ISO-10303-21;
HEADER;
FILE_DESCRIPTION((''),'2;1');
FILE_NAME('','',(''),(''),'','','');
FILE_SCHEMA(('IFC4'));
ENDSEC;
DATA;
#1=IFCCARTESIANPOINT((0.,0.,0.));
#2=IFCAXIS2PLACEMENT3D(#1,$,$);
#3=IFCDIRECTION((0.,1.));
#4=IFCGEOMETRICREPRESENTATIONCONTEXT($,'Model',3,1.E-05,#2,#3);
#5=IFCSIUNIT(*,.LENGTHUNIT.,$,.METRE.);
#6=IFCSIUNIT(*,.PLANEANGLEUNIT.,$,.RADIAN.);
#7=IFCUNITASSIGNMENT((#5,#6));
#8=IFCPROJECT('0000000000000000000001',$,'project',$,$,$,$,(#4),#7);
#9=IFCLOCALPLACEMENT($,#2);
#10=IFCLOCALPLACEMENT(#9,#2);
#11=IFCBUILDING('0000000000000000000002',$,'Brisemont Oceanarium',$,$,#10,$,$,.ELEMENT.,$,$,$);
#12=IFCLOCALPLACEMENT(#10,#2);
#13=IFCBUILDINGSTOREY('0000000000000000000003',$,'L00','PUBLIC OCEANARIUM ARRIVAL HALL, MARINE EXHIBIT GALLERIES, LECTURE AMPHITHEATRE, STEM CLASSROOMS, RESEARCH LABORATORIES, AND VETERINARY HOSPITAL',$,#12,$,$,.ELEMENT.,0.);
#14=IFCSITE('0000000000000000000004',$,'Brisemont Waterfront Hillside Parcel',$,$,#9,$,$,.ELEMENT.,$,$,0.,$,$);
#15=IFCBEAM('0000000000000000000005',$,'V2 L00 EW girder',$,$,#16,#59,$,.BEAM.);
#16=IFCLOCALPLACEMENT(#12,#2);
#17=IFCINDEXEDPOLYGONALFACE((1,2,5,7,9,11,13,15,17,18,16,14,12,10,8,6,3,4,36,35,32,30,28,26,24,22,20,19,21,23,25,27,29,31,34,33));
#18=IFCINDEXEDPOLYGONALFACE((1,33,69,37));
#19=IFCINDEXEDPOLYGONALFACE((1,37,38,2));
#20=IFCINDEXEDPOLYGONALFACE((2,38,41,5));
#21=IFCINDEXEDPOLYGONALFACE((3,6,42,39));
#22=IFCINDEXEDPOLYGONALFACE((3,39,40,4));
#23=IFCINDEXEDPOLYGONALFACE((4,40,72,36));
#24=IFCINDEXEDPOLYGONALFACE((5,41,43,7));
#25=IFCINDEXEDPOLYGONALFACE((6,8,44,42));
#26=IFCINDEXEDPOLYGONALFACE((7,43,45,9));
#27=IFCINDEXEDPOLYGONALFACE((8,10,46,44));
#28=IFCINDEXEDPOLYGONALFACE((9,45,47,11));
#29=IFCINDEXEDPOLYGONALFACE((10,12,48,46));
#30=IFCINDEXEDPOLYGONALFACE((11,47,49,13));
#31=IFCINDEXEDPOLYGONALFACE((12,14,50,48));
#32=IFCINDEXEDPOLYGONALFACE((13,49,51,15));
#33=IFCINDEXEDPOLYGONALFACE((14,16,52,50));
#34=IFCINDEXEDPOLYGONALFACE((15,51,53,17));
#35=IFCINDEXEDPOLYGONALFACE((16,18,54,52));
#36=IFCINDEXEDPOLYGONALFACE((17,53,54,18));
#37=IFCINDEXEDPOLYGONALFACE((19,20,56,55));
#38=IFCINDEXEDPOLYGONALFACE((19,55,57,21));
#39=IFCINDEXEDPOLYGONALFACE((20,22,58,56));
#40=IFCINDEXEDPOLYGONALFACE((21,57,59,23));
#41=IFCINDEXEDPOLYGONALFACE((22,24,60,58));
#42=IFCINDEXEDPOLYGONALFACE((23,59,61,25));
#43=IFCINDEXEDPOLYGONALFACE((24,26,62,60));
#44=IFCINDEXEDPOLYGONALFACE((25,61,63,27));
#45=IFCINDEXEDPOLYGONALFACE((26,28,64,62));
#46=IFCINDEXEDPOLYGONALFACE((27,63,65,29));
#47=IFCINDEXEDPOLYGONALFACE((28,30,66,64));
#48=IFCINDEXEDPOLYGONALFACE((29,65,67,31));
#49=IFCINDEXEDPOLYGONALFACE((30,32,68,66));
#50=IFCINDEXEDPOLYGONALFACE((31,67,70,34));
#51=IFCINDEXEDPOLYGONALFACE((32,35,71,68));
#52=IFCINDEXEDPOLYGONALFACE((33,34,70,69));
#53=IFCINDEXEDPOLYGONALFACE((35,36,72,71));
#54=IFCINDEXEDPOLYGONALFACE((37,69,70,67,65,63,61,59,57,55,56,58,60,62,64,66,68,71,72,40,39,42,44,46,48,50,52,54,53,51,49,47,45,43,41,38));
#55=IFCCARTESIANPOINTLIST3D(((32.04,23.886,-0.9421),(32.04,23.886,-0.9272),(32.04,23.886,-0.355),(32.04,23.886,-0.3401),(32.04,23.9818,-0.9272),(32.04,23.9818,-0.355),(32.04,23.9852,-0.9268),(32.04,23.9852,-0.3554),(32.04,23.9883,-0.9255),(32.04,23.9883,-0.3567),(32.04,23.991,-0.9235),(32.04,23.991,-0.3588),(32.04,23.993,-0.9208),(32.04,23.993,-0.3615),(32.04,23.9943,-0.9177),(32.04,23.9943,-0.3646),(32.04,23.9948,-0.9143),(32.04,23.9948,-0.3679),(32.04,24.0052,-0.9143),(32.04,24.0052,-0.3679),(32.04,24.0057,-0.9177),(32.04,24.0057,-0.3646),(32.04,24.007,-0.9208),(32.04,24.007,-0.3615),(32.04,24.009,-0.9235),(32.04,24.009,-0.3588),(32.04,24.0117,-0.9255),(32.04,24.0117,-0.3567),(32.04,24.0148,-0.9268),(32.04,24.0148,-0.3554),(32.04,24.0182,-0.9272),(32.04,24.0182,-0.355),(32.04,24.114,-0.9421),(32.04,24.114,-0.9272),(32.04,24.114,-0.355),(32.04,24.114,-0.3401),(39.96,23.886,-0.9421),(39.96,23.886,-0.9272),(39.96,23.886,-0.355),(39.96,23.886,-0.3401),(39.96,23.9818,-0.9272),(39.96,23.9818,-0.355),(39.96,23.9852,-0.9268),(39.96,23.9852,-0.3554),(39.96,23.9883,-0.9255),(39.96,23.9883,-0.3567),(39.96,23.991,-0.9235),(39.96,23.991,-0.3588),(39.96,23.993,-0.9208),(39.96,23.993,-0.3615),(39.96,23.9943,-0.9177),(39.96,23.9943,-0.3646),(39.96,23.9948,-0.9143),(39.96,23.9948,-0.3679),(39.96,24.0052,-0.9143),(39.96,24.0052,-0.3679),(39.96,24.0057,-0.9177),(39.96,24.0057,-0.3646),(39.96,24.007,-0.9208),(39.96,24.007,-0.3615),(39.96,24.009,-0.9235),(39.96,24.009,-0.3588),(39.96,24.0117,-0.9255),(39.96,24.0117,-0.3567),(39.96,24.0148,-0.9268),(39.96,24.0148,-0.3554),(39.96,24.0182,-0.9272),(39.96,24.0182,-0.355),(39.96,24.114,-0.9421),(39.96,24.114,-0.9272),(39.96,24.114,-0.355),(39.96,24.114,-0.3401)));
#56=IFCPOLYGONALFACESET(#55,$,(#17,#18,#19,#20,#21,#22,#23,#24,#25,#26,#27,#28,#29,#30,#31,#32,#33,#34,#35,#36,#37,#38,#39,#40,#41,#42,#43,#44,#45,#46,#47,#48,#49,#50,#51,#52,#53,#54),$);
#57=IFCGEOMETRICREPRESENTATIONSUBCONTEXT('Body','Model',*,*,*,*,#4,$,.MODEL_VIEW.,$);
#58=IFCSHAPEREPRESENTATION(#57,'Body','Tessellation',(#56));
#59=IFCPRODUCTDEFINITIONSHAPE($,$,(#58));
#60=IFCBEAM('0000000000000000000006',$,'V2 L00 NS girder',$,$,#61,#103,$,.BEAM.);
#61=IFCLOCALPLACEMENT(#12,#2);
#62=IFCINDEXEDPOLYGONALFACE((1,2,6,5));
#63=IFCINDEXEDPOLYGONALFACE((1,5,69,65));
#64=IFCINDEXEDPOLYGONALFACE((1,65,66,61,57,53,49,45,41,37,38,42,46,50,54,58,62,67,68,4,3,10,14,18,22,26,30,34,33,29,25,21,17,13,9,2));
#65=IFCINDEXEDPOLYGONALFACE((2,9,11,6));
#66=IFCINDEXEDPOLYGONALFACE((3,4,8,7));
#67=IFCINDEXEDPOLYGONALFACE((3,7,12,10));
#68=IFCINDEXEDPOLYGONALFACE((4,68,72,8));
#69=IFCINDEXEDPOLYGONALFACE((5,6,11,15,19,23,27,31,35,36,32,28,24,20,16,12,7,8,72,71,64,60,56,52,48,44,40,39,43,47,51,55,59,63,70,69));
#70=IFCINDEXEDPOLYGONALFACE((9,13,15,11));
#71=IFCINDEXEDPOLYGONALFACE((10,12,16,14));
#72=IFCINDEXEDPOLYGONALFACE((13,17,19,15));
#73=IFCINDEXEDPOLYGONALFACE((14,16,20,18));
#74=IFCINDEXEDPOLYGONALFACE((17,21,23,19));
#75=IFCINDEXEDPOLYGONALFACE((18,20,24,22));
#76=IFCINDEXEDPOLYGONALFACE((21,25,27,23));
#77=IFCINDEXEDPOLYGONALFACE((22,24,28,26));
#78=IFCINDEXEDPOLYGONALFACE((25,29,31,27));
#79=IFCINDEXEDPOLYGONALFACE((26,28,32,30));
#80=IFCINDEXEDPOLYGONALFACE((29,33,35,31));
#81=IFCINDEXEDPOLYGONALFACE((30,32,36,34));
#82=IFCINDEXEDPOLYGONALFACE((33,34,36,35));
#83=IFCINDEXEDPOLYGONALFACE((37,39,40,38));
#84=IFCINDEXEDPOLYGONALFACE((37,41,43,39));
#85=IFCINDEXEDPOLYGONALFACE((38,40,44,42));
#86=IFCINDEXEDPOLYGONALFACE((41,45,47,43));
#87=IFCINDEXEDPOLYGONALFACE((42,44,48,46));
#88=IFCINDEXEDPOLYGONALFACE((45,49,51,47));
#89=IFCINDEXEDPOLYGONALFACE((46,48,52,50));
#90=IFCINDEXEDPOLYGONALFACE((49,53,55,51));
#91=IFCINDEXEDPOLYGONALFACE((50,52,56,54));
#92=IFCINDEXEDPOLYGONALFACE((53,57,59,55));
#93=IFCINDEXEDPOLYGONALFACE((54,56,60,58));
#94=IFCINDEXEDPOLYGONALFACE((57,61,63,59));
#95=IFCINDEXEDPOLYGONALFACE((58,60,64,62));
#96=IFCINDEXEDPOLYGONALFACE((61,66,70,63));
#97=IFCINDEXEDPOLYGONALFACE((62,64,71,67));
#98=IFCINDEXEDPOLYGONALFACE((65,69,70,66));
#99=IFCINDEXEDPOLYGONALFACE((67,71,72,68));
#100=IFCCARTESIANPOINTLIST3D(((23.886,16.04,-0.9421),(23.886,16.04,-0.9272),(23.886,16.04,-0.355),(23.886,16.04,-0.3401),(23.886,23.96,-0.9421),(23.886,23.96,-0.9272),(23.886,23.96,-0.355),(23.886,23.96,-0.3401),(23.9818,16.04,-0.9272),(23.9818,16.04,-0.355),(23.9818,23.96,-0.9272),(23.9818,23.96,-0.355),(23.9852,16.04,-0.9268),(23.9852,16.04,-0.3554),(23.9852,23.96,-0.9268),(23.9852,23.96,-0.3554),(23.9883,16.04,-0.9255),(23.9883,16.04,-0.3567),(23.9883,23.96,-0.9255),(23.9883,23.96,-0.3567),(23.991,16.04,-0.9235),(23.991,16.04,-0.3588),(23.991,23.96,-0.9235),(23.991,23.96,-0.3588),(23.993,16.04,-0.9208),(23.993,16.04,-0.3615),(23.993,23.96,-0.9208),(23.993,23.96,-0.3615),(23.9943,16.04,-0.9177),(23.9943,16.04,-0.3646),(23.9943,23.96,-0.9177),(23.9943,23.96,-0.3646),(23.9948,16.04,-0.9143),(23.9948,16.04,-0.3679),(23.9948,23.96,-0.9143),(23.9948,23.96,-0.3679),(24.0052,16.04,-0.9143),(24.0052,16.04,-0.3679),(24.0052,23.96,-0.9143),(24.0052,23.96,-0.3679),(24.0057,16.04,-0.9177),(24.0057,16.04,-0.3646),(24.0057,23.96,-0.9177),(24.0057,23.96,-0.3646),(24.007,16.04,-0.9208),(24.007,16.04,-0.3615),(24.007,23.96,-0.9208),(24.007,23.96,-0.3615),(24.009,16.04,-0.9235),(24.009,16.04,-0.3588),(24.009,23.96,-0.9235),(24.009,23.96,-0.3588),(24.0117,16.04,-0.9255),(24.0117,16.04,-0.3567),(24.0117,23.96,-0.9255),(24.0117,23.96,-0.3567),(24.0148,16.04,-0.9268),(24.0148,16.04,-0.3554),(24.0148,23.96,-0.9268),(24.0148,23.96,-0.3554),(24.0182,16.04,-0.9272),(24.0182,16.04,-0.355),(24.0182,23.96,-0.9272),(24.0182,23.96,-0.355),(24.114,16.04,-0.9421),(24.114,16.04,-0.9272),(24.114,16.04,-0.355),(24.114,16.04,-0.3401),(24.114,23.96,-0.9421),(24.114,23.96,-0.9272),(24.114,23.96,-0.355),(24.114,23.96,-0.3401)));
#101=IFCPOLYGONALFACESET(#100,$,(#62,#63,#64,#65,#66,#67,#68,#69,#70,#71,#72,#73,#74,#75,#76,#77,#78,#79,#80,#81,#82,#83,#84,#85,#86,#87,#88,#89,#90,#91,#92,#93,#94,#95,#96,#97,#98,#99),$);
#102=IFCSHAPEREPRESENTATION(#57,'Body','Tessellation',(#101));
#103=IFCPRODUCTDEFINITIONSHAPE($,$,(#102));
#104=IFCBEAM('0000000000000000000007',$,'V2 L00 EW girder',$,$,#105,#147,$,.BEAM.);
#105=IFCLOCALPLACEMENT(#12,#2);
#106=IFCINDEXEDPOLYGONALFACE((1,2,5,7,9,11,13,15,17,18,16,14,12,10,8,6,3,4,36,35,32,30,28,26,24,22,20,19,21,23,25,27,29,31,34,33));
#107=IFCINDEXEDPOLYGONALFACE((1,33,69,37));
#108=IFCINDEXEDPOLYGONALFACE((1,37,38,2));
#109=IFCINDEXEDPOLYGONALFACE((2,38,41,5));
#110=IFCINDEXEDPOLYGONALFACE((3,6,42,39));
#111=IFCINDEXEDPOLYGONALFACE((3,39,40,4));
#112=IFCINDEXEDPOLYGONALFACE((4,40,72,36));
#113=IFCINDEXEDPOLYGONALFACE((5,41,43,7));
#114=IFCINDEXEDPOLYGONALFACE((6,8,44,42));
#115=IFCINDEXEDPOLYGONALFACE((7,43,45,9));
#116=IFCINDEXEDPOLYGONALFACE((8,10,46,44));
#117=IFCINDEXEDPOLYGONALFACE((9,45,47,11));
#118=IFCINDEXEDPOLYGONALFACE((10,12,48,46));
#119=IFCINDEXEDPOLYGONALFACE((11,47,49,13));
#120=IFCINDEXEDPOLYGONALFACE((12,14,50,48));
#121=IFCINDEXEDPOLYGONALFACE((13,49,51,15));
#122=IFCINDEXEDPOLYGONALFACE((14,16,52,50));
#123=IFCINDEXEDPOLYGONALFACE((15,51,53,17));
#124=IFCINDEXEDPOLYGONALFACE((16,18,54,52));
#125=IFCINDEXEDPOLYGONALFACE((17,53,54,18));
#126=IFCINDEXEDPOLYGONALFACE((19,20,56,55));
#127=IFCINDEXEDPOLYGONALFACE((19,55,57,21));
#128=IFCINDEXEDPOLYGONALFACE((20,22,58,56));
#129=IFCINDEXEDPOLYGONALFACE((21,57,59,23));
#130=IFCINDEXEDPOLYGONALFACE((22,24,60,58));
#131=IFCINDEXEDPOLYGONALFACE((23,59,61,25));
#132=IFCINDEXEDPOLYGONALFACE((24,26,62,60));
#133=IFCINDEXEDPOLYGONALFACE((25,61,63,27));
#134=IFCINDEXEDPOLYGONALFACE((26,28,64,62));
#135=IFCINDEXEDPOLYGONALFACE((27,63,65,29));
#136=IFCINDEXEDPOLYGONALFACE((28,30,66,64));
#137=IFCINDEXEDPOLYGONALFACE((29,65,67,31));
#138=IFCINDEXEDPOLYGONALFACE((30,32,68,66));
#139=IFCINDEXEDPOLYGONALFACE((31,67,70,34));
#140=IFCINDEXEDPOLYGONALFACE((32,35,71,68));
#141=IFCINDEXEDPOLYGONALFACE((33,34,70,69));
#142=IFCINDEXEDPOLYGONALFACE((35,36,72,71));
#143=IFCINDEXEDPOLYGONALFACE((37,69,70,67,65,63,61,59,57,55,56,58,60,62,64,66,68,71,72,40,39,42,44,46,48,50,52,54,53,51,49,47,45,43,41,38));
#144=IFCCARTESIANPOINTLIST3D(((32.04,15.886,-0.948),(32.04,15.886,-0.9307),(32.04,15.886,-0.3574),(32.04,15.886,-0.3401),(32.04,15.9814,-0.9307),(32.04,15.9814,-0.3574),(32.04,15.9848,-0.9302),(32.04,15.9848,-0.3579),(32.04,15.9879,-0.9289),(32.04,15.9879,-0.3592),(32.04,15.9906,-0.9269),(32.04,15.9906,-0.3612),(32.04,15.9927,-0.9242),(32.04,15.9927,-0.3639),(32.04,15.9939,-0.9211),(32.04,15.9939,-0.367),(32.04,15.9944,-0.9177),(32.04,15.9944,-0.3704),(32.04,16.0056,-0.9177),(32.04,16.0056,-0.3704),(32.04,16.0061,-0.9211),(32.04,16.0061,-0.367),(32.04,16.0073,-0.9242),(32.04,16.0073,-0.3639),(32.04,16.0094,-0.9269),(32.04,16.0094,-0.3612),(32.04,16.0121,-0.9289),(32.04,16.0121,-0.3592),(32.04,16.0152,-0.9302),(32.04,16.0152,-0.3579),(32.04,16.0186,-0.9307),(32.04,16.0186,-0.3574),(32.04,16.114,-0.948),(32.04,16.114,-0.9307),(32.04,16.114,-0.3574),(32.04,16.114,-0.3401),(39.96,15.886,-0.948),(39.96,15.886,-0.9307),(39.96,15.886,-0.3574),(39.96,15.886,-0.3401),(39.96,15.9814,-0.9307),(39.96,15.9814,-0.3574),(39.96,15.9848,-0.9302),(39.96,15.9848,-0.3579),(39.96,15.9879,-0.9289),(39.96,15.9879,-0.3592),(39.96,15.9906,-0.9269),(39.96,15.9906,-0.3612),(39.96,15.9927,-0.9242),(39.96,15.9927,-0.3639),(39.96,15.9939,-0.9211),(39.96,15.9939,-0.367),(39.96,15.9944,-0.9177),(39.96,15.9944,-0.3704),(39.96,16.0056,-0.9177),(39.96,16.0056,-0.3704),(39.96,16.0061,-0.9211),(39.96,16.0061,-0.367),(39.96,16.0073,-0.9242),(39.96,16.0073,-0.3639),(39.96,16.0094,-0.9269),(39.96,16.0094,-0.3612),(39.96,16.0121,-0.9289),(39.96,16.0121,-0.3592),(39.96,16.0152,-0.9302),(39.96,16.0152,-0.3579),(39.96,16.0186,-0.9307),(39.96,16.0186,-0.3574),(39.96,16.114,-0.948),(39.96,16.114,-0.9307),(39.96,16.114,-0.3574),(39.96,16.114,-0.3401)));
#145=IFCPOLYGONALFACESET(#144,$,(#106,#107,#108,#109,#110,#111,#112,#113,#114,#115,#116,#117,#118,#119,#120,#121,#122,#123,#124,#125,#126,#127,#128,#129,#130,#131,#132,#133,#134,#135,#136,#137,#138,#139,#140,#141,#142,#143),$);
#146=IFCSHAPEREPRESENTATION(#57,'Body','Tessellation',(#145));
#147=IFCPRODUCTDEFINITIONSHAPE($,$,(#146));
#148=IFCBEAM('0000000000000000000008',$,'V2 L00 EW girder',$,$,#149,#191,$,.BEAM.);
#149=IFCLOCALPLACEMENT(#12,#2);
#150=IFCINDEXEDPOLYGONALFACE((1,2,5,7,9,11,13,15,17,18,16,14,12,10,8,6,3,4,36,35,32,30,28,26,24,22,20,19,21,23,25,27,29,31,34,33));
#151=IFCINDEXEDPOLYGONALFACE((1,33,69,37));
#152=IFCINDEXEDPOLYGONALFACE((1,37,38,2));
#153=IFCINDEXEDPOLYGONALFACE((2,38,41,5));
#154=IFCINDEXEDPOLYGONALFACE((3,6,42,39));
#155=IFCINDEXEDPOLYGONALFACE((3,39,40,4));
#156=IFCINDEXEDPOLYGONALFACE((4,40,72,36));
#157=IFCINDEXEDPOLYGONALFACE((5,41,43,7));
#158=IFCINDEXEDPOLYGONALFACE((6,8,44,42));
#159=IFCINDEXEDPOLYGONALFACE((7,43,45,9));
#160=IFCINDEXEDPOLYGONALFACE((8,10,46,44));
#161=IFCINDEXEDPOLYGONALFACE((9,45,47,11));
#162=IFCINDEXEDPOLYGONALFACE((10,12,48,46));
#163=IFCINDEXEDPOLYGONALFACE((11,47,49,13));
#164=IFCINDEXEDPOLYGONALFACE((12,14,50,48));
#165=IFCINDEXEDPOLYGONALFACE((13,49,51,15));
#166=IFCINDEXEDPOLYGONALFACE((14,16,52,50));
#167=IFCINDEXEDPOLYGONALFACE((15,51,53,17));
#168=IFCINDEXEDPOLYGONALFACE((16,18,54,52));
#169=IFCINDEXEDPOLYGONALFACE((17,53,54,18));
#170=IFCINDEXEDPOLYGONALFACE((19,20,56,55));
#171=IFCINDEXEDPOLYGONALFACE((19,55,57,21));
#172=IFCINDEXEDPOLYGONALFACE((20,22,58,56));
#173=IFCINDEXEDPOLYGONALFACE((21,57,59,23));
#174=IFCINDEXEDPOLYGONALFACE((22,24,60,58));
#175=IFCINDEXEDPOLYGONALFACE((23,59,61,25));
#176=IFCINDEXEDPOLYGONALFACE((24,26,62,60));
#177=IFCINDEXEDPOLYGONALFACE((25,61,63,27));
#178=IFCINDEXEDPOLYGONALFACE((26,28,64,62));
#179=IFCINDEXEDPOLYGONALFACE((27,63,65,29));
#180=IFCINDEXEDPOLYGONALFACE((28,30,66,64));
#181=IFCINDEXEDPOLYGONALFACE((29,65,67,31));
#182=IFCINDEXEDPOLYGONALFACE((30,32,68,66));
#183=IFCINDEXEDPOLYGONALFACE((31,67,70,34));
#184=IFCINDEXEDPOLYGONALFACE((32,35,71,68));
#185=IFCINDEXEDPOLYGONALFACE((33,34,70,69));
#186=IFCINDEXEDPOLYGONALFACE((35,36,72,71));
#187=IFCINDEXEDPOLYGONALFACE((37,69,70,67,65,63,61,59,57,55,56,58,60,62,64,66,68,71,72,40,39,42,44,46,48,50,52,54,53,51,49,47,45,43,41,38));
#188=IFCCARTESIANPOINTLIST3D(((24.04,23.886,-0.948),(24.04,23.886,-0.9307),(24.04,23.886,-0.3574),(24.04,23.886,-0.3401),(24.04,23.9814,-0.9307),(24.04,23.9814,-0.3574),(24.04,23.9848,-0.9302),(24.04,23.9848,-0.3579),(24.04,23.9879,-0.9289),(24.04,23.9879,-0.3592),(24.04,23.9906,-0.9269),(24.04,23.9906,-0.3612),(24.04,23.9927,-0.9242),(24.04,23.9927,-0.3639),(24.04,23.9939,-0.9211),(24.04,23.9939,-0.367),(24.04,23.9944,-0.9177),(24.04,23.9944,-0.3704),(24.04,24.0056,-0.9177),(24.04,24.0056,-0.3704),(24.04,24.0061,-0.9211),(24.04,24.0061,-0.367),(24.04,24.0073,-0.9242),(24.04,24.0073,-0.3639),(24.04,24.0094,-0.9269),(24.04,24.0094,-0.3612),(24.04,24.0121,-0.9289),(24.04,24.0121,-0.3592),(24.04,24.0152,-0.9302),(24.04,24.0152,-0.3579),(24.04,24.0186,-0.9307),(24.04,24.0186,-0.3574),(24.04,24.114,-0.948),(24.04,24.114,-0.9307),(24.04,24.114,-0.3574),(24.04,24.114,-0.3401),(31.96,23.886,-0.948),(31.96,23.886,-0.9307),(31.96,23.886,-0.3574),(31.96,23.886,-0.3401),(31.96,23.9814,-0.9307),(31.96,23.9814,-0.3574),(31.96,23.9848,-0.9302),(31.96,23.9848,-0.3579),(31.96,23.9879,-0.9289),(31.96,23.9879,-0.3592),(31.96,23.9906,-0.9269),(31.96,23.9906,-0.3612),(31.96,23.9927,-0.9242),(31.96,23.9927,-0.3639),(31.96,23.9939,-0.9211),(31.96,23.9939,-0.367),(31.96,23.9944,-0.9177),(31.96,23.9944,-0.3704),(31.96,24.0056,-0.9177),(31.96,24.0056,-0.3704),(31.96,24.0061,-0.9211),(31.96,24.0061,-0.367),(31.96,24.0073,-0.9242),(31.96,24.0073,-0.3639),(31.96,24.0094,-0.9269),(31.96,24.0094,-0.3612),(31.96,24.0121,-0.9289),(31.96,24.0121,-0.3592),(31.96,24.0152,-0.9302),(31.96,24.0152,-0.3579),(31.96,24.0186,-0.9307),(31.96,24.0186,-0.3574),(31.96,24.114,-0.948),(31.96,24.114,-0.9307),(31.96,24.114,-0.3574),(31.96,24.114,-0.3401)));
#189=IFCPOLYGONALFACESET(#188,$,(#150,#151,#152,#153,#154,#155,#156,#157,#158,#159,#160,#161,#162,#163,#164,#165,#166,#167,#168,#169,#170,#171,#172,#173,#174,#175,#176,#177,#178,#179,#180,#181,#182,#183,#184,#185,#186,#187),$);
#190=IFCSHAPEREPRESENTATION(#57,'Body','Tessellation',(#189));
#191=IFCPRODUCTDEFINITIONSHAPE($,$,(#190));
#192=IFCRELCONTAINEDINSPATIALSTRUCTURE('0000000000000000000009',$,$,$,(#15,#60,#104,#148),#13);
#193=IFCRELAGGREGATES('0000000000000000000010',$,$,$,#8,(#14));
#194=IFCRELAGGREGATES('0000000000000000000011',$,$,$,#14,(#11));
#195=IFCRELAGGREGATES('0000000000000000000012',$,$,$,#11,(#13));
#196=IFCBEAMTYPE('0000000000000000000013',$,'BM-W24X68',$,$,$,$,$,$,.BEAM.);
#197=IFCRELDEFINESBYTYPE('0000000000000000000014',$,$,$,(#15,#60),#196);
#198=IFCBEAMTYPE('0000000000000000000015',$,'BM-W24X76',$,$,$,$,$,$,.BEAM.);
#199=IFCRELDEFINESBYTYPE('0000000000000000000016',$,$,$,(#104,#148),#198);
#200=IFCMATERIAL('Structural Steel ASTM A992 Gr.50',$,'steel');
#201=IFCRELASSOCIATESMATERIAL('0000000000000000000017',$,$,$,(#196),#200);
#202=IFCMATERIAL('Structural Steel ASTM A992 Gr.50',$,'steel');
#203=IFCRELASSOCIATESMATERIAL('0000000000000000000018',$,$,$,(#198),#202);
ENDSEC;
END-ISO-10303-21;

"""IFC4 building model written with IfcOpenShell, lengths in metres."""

from ifc_helpers import new_model, si_unit, direction, frame, origin, origin_2d, place, context, subcontext, project, spatial, i_section, extrude, material, material_profile, profile_set, type_object, element, save


model = new_model("IFC4")

# Units and contexts
model_context = context("Model", 3, precision=1e-05, world=origin(), true_north=direction((0.0, 1.0)))
body_context = subcontext(model_context, "Body", "Model", "MODEL_VIEW")
ifc_project = project(units=[si_unit("LENGTHUNIT", "METRE"), si_unit("PLANEANGLEUNIT", "RADIAN")], contexts=[model_context])

# Site, building, storey
site_placement = place(None, origin())
site = spatial("IfcSite", under=ifc_project, at=site_placement, Name="Brisemont Waterfront Hillside Parcel", CompositionType="ELEMENT", RefElevation=0.0)
building_placement = place(site_placement, origin())
building = spatial("IfcBuilding", under=site, at=building_placement, Name="Brisemont Oceanarium", CompositionType="ELEMENT")
storey_placement = place(building_placement, origin())
storey = spatial("IfcBuildingStorey", under=building, at=storey_placement, Name="L00", Description="PUBLIC OCEANARIUM ARRIVAL HALL, MARINE EXHIBIT GALLERIES, LECTURE AMPHITHEATRE, STEM CLASSROOMS, RESEARCH LABORATORIES, AND VETERINARY HOSPITAL", CompositionType="ELEMENT", Elevation=0.0)

# Beams
ifc_material_1 = material(Name="Structural Steel ASTM A992 Gr.50", Category="steel")
ifc_material_profile_1 = material_profile(ifc_material_1, i_section(OverallWidth=0.228, OverallDepth=0.6021, WebThickness=0.0105, FlangeThickness=0.0149, FilletRadius=0.0129, at=origin_2d()), Name="W24X68")
ifc_profile_set_1 = profile_set([ifc_material_profile_1], Name="Structural Steel ASTM A992 Gr.50")
beam_type_1 = type_object("IfcBeamType", Name="BM-W24X68", PredefinedType="BEAM", material=ifc_profile_set_1)
for number, where, z_axis, x_axis, name in (
    (1, (32.04, 24.0, -0.6411), (1.0, 0.0, 0.0), (0.0, 1.0, 0.0), "V2 L00 EW girder"),
    (2, (24.0, 16.04, -0.6411), (0.0, 1.0, 0.0), (-1.0, 0.0, 0.0), "V2 L00 NS girder"),
):
    element("IfcBeam", number, at=place(storey_placement, frame(where, z_axis=z_axis, x_axis=x_axis)), inside=storey, type_object=beam_type_1, Name=name, PredefinedType="BEAM", context=body_context, shape_type="SweptSolid", body=[
        extrude(i_section(OverallWidth=0.228, OverallDepth=0.6021, WebThickness=0.0105, FlangeThickness=0.0149, FilletRadius=0.0129, at=origin_2d()), origin(), (0.0, 0.0, 1.0), 7.9199),
    ])
ifc_material_2 = material(Name="Structural Steel ASTM A992 Gr.50", Category="steel")
ifc_material_profile_2 = material_profile(ifc_material_2, i_section(OverallWidth=0.228, OverallDepth=0.6079, WebThickness=0.0112, FlangeThickness=0.0173, FilletRadius=0.0129, at=origin_2d()), Name="W24X76")
ifc_profile_set_2 = profile_set([ifc_material_profile_2], Name="Structural Steel ASTM A992 Gr.50")
beam_type_2 = type_object("IfcBeamType", Name="BM-W24X76", PredefinedType="BEAM", material=ifc_profile_set_2)
for number, where, z_axis, x_axis, name in (
    (3, (32.04, 16.0, -0.644), (1.0, 0.0, 0.0), (0.0, 1.0, 0.0), "V2 L00 EW girder"),
    (4, (24.04, 24.0, -0.644), (1.0, 0.0, 0.0), (0.0, 1.0, 0.0), "V2 L00 EW girder"),
):
    element("IfcBeam", number, at=place(storey_placement, frame(where, z_axis=z_axis, x_axis=x_axis)), inside=storey, type_object=beam_type_2, Name=name, PredefinedType="BEAM", context=body_context, shape_type="SweptSolid", body=[
        extrude(i_section(OverallWidth=0.228, OverallDepth=0.6079, WebThickness=0.0112, FlangeThickness=0.0173, FilletRadius=0.0129, at=origin_2d()), origin(), (0.0, 0.0, 1.0), 7.9199),
    ])

save(model, "model.ifc")
